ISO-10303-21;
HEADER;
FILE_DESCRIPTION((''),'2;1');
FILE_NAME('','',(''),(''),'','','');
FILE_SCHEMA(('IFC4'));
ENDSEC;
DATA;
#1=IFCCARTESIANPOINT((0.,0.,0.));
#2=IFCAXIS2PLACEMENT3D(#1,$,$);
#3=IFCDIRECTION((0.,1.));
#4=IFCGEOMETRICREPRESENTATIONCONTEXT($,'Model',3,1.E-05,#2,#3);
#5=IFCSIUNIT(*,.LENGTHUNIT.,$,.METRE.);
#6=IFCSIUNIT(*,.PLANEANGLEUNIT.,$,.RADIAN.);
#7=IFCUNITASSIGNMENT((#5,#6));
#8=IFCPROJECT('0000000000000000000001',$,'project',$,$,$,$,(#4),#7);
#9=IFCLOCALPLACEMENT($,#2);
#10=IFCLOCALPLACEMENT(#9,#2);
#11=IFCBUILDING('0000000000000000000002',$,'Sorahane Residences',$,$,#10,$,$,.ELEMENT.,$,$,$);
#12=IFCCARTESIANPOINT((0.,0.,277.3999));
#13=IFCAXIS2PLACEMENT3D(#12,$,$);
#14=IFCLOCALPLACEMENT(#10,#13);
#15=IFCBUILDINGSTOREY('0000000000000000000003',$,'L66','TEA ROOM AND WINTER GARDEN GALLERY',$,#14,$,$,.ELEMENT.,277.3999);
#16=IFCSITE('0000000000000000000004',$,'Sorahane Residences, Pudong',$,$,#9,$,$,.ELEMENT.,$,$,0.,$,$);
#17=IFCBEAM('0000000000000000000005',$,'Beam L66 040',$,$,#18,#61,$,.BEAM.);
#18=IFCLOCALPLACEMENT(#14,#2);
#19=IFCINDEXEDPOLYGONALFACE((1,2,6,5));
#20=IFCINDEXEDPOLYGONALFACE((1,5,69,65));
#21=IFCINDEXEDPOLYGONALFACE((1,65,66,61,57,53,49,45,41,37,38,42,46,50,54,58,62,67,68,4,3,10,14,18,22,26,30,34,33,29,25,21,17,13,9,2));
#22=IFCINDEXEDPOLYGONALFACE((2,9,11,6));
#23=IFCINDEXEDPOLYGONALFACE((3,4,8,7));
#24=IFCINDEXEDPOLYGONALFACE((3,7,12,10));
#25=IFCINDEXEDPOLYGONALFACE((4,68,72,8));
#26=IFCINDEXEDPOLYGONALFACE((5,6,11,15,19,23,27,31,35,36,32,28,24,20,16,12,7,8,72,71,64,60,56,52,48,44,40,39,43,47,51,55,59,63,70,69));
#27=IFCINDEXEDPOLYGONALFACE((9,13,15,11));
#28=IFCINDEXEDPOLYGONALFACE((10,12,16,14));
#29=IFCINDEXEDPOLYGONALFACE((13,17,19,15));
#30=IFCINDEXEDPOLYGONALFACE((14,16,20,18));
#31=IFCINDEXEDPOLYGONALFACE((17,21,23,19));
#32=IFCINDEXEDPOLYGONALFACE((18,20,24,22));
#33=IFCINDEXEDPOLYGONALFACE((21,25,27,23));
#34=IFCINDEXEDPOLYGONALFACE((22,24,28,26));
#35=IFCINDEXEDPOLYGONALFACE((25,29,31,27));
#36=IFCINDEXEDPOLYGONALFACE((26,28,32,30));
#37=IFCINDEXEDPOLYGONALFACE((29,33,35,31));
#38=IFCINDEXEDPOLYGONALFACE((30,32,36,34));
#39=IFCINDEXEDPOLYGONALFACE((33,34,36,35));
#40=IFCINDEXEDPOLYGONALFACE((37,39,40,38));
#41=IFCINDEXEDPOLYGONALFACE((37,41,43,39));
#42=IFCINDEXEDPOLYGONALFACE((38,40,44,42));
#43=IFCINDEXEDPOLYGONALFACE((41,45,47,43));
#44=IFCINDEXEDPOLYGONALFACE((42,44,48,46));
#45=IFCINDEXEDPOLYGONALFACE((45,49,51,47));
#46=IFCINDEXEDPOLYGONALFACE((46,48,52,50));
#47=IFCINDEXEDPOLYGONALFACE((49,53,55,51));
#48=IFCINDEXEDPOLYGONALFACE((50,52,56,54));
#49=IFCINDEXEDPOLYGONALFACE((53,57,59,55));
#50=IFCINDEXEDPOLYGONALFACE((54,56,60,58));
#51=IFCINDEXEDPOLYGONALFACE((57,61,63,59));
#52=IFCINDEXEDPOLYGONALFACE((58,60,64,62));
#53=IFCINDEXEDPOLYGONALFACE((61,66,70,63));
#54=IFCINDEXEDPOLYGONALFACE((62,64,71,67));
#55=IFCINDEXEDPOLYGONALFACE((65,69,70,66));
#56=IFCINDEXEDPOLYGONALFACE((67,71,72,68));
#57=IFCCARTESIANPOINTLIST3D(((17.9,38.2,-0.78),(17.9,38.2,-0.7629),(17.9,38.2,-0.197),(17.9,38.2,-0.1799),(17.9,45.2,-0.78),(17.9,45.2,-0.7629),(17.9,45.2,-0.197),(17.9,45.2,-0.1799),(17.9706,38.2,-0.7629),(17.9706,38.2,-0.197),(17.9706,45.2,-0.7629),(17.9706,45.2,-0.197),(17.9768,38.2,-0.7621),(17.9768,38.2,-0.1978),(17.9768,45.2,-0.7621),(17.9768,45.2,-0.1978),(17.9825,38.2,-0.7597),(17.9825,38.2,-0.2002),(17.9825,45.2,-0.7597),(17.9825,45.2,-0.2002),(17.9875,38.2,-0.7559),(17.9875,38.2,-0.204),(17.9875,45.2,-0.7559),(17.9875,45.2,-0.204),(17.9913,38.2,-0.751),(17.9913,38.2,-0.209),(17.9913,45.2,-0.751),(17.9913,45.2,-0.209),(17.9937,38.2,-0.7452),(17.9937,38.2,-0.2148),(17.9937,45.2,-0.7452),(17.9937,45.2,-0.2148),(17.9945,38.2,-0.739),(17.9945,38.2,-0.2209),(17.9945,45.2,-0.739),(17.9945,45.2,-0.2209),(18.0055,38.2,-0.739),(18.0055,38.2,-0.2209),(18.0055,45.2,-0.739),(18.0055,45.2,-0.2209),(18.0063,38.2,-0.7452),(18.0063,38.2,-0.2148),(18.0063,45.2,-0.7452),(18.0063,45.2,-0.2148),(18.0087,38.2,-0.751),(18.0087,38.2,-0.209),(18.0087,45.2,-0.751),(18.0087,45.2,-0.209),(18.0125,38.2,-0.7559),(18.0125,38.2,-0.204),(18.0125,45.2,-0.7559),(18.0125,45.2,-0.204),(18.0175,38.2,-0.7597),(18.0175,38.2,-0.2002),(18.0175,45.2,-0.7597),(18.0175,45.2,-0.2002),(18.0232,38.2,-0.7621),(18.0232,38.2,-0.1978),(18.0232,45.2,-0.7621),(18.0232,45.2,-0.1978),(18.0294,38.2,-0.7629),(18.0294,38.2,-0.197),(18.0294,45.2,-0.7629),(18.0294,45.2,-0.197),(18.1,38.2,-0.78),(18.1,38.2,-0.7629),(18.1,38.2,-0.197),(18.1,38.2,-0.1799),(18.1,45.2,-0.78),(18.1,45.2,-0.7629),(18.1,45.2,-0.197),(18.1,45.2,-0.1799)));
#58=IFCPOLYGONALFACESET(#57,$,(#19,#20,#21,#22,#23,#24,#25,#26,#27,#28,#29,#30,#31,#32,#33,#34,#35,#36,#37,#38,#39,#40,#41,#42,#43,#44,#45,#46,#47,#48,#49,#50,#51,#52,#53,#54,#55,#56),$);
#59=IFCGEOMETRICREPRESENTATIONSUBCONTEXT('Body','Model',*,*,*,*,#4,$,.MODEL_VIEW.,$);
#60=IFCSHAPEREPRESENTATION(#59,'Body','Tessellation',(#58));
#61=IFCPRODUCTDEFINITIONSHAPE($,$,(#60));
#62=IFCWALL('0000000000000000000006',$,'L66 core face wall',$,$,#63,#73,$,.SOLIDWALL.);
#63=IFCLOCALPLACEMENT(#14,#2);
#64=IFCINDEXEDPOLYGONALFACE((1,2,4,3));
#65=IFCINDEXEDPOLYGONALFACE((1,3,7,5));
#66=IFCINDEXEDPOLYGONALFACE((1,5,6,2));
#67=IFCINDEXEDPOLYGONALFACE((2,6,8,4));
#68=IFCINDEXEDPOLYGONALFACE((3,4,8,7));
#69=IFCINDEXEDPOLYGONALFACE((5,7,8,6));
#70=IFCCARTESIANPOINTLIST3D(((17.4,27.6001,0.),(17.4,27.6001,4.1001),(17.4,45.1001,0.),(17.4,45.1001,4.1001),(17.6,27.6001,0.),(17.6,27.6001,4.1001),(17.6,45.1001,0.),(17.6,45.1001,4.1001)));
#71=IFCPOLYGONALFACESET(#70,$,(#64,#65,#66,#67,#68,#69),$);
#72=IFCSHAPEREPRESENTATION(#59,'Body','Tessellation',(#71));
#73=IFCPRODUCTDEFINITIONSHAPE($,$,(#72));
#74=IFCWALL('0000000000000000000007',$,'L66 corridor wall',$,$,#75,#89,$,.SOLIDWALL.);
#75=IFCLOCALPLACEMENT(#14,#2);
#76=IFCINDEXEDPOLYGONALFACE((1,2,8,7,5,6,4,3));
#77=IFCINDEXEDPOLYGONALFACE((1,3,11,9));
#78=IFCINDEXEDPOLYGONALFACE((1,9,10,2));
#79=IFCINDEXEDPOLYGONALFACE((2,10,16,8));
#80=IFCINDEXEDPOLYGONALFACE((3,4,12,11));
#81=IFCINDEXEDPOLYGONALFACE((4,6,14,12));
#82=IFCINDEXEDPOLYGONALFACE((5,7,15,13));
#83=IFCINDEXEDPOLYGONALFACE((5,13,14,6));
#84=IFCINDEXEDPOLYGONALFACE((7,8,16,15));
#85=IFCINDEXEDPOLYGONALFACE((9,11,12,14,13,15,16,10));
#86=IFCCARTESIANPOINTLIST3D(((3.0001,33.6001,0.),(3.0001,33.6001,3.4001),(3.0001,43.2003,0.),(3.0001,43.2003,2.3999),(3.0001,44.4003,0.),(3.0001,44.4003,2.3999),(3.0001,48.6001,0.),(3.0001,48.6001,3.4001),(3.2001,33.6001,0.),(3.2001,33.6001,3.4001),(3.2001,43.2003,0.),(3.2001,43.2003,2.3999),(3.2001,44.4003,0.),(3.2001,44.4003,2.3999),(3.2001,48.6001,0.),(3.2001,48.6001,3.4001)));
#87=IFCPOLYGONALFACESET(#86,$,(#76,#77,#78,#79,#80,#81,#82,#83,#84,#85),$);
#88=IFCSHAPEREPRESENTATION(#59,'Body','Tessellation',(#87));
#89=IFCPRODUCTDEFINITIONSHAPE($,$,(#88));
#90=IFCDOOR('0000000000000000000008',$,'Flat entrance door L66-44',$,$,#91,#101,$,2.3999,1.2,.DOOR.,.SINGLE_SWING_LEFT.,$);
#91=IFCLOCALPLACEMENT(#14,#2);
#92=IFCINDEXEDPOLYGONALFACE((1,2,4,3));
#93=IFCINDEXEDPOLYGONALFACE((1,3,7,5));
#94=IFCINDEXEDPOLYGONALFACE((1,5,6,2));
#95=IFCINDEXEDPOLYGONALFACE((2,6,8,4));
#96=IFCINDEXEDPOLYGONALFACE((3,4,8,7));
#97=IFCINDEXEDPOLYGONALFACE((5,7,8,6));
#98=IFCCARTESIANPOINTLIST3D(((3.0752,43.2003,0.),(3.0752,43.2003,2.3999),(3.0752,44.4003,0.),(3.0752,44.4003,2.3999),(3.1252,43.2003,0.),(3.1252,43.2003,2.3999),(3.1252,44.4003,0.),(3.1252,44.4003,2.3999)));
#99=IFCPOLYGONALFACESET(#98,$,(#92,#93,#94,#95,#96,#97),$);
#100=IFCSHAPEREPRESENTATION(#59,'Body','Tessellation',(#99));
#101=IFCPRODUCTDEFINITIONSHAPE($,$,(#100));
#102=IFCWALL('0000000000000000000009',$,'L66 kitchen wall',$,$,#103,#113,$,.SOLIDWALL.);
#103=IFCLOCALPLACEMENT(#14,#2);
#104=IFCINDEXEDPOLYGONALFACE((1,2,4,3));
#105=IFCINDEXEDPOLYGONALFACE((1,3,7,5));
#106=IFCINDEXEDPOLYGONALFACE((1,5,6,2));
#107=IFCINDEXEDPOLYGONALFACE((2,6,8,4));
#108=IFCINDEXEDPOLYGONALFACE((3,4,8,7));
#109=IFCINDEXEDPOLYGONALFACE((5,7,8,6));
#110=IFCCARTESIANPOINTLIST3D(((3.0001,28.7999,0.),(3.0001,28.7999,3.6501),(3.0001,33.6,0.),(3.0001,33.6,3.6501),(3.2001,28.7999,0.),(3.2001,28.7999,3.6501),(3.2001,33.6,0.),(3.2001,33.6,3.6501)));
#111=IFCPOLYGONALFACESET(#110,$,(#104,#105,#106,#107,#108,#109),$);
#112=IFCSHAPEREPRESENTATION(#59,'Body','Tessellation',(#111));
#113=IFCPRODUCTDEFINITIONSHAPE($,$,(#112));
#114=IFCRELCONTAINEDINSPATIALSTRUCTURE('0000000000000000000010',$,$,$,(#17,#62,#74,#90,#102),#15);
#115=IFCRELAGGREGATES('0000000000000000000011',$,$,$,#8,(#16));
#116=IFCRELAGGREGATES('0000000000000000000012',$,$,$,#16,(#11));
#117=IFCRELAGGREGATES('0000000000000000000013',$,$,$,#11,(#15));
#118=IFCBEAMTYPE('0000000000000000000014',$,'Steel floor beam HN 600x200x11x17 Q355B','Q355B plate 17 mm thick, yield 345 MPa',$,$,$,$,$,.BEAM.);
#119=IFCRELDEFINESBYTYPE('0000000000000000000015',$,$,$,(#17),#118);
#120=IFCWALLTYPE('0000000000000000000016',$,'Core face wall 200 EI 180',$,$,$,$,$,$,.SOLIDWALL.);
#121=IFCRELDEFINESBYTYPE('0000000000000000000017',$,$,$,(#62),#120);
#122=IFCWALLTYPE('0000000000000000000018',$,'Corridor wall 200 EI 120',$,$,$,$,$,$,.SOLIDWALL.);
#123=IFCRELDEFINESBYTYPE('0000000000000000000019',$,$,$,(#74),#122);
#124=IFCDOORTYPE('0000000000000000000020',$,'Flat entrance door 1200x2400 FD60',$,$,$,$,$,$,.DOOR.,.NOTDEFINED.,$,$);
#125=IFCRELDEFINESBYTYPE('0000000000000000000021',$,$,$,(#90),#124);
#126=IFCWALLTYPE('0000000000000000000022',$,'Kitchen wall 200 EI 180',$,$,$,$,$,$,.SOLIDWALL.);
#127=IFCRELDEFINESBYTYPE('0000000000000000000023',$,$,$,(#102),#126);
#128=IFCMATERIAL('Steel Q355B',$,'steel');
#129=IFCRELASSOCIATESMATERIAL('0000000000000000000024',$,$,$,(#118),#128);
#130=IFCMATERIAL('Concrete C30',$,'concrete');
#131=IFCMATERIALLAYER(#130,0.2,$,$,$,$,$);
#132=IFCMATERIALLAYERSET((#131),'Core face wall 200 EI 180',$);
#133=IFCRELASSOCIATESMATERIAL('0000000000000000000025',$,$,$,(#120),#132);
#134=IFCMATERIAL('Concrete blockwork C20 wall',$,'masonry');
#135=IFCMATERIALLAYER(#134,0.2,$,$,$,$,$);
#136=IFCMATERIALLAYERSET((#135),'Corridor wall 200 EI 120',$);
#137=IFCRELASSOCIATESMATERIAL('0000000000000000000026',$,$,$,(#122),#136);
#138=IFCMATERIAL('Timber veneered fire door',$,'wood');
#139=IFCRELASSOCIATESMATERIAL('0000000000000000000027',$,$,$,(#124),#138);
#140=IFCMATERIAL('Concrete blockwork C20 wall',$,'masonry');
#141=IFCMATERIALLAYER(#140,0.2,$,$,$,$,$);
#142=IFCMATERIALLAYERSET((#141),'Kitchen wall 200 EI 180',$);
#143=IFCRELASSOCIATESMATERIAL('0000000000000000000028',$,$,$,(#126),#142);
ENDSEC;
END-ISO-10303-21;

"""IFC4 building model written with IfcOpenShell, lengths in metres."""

from ifc_helpers import new_model, si_unit, direction, frame, frame_2d, origin, origin_2d, place, context, subcontext, project, spatial, rectangle, i_section, extrude, material, layer, layer_set, material_profile, profile_set, type_object, element, fill, save


model = new_model("IFC4")

# Units and contexts
model_context = context("Model", 3, precision=1e-05, world=origin(), true_north=direction((0.0, 1.0)))
body_context = subcontext(model_context, "Body", "Model", "MODEL_VIEW")
ifc_project = project(units=[si_unit("LENGTHUNIT", "METRE"), si_unit("PLANEANGLEUNIT", "RADIAN")], contexts=[model_context])

# Site, building, storey
site_placement = place(None, origin())
site = spatial("IfcSite", under=ifc_project, at=site_placement, Name="Sorahane Residences, Pudong", CompositionType="ELEMENT", RefElevation=0.0)
building_placement = place(site_placement, origin())
building = spatial("IfcBuilding", under=site, at=building_placement, Name="Sorahane Residences", CompositionType="ELEMENT")
storey_placement = place(building_placement, frame((0.0, 0.0, 277.3999)))
storey = spatial("IfcBuildingStorey", under=building, at=storey_placement, Name="L66", Description="TEA ROOM AND WINTER GARDEN GALLERY", CompositionType="ELEMENT", Elevation=277.3999)

# Beam
ifc_material_1 = material(Name="Steel Q355B", Category="steel")
ifc_material_profile_1 = material_profile(ifc_material_1, i_section(OverallWidth=0.2, OverallDepth=0.6001, WebThickness=0.011, FlangeThickness=0.0171, FilletRadius=0.0239, at=origin_2d()), Name="HN 600x200x11x17")
ifc_profile_set_1 = profile_set([ifc_material_profile_1], Name="Steel Q355B")
beam_type_1 = type_object("IfcBeamType", Name="Steel floor beam HN 600x200x11x17 Q355B", Description="Q355B plate 17 mm thick, yield 345 MPa", PredefinedType="BEAM", material=ifc_profile_set_1)
for number, where, z_axis, x_axis, name in (
    (1, (18.0, 38.2, -0.48), (0.0, 1.0, 0.0), (-1.0, 0.0, 0.0), "Beam L66 040"),
):
    element("IfcBeam", number, at=place(storey_placement, frame(where, z_axis=z_axis, x_axis=x_axis)), inside=storey, type_object=beam_type_1, Name=name, PredefinedType="BEAM", context=body_context, shape_type="SweptSolid", body=[
        extrude(i_section(OverallWidth=0.2, OverallDepth=0.6001, WebThickness=0.011, FlangeThickness=0.0171, FilletRadius=0.0239, at=origin_2d()), origin(), (0.0, 0.0, 1.0), 7.0),
    ])

# Wall
ifc_material_2 = material(Name="Concrete C30", Category="concrete")
ifc_layer_1 = layer(ifc_material_2, 0.2)
ifc_layer_set_1 = layer_set([ifc_layer_1], Name="Core face wall 200 EI 180")
wall_type_1 = type_object("IfcWallType", Name="Core face wall 200 EI 180", PredefinedType="SOLIDWALL", material=ifc_layer_set_1)
wall_1_placement = place(storey_placement, frame((17.5, 27.6001, 0.0), z_axis=(0.0, 0.0, 1.0), x_axis=(0.0, 1.0, 0.0)))
element("IfcWall", 2, at=wall_1_placement, inside=storey, type_object=wall_type_1, Name="L66 core face wall", PredefinedType="SOLIDWALL", context=body_context, shape_type="SweptSolid", body=[
    extrude(rectangle(XDim=17.5, YDim=0.2, at=frame_2d((8.75, 0.0))), origin(), (0.0, 0.0, 1.0), 4.1001),
])

# Wall, opening, door
ifc_material_3 = material(Name="Concrete blockwork C20 wall", Category="masonry")
ifc_layer_2 = layer(ifc_material_3, 0.2)
ifc_layer_set_2 = layer_set([ifc_layer_2], Name="Corridor wall 200 EI 120")
wall_type_2 = type_object("IfcWallType", Name="Corridor wall 200 EI 120", PredefinedType="SOLIDWALL", material=ifc_layer_set_2)
wall_2_placement = place(storey_placement, frame((3.1001, 33.6001, 0.0), z_axis=(0.0, 0.0, 1.0), x_axis=(0.0, 1.0, 0.0)))
wall_2 = element("IfcWall", 3, at=wall_2_placement, inside=storey, type_object=wall_type_2, Name="L66 corridor wall", PredefinedType="SOLIDWALL", context=body_context, shape_type="SweptSolid", body=[
    extrude(rectangle(XDim=15.0, YDim=0.2, at=frame_2d((7.5, 0.0))), origin(), (0.0, 0.0, 1.0), 3.4001),
])
opening_1_placement = place(wall_2_placement, frame((9.6001, 0.0, 0.0)))
opening_1 = element("IfcOpeningElement", 4, at=opening_1_placement, cuts=wall_2, PredefinedType="OPENING", context=body_context, shape_type="SweptSolid", body=[
    extrude(rectangle(XDim=1.2, YDim=2.3999, at=frame_2d((0.6001, 1.2))), frame((0.0, 0.1099, 0.0), z_axis=(0.0, -1.0, 0.0), x_axis=(1.0, 0.0, 0.0)), (0.0, 0.0, 1.0), 0.22),
])
ifc_material_4 = material(Name="Timber veneered fire door", Category="wood")
door_type_1 = type_object("IfcDoorType", Name="Flat entrance door 1200x2400 FD60", OperationType="NOTDEFINED", PredefinedType="DOOR", material=ifc_material_4)
door_1_placement = place(opening_1_placement, origin())
door_1 = element("IfcDoor", 5, at=door_1_placement, inside=storey, type_object=door_type_1, Name="Flat entrance door L66-44", OperationType="SINGLE_SWING_LEFT", OverallHeight=2.3999, OverallWidth=1.2, PredefinedType="DOOR", context=body_context, shape_type="SweptSolid", body=[
    extrude(rectangle(XDim=1.2, YDim=2.3999, at=frame_2d((0.6001, 1.2))), frame((0.0, 0.0249, 0.0), z_axis=(0.0, -1.0, 0.0), x_axis=(1.0, 0.0, 0.0)), (0.0, 0.0, 1.0), 0.05),
])
fill(opening_1, door_1)

# Wall
ifc_material_5 = material(Name="Concrete blockwork C20 wall", Category="masonry")
ifc_layer_3 = layer(ifc_material_5, 0.2)
ifc_layer_set_3 = layer_set([ifc_layer_3], Name="Kitchen wall 200 EI 180")
wall_type_3 = type_object("IfcWallType", Name="Kitchen wall 200 EI 180", PredefinedType="SOLIDWALL", material=ifc_layer_set_3)
wall_3_placement = place(storey_placement, frame((3.1001, 28.8, 0.0), z_axis=(0.0, 0.0, 1.0), x_axis=(0.0, 1.0, 0.0)))
element("IfcWall", 6, at=wall_3_placement, inside=storey, type_object=wall_type_3, Name="L66 kitchen wall", PredefinedType="SOLIDWALL", context=body_context, shape_type="SweptSolid", body=[
    extrude(rectangle(XDim=4.8, YDim=0.2, at=frame_2d((2.3999, 0.0))), origin(), (0.0, 0.0, 1.0), 3.6501),
])

save(model, "model.ifc")
